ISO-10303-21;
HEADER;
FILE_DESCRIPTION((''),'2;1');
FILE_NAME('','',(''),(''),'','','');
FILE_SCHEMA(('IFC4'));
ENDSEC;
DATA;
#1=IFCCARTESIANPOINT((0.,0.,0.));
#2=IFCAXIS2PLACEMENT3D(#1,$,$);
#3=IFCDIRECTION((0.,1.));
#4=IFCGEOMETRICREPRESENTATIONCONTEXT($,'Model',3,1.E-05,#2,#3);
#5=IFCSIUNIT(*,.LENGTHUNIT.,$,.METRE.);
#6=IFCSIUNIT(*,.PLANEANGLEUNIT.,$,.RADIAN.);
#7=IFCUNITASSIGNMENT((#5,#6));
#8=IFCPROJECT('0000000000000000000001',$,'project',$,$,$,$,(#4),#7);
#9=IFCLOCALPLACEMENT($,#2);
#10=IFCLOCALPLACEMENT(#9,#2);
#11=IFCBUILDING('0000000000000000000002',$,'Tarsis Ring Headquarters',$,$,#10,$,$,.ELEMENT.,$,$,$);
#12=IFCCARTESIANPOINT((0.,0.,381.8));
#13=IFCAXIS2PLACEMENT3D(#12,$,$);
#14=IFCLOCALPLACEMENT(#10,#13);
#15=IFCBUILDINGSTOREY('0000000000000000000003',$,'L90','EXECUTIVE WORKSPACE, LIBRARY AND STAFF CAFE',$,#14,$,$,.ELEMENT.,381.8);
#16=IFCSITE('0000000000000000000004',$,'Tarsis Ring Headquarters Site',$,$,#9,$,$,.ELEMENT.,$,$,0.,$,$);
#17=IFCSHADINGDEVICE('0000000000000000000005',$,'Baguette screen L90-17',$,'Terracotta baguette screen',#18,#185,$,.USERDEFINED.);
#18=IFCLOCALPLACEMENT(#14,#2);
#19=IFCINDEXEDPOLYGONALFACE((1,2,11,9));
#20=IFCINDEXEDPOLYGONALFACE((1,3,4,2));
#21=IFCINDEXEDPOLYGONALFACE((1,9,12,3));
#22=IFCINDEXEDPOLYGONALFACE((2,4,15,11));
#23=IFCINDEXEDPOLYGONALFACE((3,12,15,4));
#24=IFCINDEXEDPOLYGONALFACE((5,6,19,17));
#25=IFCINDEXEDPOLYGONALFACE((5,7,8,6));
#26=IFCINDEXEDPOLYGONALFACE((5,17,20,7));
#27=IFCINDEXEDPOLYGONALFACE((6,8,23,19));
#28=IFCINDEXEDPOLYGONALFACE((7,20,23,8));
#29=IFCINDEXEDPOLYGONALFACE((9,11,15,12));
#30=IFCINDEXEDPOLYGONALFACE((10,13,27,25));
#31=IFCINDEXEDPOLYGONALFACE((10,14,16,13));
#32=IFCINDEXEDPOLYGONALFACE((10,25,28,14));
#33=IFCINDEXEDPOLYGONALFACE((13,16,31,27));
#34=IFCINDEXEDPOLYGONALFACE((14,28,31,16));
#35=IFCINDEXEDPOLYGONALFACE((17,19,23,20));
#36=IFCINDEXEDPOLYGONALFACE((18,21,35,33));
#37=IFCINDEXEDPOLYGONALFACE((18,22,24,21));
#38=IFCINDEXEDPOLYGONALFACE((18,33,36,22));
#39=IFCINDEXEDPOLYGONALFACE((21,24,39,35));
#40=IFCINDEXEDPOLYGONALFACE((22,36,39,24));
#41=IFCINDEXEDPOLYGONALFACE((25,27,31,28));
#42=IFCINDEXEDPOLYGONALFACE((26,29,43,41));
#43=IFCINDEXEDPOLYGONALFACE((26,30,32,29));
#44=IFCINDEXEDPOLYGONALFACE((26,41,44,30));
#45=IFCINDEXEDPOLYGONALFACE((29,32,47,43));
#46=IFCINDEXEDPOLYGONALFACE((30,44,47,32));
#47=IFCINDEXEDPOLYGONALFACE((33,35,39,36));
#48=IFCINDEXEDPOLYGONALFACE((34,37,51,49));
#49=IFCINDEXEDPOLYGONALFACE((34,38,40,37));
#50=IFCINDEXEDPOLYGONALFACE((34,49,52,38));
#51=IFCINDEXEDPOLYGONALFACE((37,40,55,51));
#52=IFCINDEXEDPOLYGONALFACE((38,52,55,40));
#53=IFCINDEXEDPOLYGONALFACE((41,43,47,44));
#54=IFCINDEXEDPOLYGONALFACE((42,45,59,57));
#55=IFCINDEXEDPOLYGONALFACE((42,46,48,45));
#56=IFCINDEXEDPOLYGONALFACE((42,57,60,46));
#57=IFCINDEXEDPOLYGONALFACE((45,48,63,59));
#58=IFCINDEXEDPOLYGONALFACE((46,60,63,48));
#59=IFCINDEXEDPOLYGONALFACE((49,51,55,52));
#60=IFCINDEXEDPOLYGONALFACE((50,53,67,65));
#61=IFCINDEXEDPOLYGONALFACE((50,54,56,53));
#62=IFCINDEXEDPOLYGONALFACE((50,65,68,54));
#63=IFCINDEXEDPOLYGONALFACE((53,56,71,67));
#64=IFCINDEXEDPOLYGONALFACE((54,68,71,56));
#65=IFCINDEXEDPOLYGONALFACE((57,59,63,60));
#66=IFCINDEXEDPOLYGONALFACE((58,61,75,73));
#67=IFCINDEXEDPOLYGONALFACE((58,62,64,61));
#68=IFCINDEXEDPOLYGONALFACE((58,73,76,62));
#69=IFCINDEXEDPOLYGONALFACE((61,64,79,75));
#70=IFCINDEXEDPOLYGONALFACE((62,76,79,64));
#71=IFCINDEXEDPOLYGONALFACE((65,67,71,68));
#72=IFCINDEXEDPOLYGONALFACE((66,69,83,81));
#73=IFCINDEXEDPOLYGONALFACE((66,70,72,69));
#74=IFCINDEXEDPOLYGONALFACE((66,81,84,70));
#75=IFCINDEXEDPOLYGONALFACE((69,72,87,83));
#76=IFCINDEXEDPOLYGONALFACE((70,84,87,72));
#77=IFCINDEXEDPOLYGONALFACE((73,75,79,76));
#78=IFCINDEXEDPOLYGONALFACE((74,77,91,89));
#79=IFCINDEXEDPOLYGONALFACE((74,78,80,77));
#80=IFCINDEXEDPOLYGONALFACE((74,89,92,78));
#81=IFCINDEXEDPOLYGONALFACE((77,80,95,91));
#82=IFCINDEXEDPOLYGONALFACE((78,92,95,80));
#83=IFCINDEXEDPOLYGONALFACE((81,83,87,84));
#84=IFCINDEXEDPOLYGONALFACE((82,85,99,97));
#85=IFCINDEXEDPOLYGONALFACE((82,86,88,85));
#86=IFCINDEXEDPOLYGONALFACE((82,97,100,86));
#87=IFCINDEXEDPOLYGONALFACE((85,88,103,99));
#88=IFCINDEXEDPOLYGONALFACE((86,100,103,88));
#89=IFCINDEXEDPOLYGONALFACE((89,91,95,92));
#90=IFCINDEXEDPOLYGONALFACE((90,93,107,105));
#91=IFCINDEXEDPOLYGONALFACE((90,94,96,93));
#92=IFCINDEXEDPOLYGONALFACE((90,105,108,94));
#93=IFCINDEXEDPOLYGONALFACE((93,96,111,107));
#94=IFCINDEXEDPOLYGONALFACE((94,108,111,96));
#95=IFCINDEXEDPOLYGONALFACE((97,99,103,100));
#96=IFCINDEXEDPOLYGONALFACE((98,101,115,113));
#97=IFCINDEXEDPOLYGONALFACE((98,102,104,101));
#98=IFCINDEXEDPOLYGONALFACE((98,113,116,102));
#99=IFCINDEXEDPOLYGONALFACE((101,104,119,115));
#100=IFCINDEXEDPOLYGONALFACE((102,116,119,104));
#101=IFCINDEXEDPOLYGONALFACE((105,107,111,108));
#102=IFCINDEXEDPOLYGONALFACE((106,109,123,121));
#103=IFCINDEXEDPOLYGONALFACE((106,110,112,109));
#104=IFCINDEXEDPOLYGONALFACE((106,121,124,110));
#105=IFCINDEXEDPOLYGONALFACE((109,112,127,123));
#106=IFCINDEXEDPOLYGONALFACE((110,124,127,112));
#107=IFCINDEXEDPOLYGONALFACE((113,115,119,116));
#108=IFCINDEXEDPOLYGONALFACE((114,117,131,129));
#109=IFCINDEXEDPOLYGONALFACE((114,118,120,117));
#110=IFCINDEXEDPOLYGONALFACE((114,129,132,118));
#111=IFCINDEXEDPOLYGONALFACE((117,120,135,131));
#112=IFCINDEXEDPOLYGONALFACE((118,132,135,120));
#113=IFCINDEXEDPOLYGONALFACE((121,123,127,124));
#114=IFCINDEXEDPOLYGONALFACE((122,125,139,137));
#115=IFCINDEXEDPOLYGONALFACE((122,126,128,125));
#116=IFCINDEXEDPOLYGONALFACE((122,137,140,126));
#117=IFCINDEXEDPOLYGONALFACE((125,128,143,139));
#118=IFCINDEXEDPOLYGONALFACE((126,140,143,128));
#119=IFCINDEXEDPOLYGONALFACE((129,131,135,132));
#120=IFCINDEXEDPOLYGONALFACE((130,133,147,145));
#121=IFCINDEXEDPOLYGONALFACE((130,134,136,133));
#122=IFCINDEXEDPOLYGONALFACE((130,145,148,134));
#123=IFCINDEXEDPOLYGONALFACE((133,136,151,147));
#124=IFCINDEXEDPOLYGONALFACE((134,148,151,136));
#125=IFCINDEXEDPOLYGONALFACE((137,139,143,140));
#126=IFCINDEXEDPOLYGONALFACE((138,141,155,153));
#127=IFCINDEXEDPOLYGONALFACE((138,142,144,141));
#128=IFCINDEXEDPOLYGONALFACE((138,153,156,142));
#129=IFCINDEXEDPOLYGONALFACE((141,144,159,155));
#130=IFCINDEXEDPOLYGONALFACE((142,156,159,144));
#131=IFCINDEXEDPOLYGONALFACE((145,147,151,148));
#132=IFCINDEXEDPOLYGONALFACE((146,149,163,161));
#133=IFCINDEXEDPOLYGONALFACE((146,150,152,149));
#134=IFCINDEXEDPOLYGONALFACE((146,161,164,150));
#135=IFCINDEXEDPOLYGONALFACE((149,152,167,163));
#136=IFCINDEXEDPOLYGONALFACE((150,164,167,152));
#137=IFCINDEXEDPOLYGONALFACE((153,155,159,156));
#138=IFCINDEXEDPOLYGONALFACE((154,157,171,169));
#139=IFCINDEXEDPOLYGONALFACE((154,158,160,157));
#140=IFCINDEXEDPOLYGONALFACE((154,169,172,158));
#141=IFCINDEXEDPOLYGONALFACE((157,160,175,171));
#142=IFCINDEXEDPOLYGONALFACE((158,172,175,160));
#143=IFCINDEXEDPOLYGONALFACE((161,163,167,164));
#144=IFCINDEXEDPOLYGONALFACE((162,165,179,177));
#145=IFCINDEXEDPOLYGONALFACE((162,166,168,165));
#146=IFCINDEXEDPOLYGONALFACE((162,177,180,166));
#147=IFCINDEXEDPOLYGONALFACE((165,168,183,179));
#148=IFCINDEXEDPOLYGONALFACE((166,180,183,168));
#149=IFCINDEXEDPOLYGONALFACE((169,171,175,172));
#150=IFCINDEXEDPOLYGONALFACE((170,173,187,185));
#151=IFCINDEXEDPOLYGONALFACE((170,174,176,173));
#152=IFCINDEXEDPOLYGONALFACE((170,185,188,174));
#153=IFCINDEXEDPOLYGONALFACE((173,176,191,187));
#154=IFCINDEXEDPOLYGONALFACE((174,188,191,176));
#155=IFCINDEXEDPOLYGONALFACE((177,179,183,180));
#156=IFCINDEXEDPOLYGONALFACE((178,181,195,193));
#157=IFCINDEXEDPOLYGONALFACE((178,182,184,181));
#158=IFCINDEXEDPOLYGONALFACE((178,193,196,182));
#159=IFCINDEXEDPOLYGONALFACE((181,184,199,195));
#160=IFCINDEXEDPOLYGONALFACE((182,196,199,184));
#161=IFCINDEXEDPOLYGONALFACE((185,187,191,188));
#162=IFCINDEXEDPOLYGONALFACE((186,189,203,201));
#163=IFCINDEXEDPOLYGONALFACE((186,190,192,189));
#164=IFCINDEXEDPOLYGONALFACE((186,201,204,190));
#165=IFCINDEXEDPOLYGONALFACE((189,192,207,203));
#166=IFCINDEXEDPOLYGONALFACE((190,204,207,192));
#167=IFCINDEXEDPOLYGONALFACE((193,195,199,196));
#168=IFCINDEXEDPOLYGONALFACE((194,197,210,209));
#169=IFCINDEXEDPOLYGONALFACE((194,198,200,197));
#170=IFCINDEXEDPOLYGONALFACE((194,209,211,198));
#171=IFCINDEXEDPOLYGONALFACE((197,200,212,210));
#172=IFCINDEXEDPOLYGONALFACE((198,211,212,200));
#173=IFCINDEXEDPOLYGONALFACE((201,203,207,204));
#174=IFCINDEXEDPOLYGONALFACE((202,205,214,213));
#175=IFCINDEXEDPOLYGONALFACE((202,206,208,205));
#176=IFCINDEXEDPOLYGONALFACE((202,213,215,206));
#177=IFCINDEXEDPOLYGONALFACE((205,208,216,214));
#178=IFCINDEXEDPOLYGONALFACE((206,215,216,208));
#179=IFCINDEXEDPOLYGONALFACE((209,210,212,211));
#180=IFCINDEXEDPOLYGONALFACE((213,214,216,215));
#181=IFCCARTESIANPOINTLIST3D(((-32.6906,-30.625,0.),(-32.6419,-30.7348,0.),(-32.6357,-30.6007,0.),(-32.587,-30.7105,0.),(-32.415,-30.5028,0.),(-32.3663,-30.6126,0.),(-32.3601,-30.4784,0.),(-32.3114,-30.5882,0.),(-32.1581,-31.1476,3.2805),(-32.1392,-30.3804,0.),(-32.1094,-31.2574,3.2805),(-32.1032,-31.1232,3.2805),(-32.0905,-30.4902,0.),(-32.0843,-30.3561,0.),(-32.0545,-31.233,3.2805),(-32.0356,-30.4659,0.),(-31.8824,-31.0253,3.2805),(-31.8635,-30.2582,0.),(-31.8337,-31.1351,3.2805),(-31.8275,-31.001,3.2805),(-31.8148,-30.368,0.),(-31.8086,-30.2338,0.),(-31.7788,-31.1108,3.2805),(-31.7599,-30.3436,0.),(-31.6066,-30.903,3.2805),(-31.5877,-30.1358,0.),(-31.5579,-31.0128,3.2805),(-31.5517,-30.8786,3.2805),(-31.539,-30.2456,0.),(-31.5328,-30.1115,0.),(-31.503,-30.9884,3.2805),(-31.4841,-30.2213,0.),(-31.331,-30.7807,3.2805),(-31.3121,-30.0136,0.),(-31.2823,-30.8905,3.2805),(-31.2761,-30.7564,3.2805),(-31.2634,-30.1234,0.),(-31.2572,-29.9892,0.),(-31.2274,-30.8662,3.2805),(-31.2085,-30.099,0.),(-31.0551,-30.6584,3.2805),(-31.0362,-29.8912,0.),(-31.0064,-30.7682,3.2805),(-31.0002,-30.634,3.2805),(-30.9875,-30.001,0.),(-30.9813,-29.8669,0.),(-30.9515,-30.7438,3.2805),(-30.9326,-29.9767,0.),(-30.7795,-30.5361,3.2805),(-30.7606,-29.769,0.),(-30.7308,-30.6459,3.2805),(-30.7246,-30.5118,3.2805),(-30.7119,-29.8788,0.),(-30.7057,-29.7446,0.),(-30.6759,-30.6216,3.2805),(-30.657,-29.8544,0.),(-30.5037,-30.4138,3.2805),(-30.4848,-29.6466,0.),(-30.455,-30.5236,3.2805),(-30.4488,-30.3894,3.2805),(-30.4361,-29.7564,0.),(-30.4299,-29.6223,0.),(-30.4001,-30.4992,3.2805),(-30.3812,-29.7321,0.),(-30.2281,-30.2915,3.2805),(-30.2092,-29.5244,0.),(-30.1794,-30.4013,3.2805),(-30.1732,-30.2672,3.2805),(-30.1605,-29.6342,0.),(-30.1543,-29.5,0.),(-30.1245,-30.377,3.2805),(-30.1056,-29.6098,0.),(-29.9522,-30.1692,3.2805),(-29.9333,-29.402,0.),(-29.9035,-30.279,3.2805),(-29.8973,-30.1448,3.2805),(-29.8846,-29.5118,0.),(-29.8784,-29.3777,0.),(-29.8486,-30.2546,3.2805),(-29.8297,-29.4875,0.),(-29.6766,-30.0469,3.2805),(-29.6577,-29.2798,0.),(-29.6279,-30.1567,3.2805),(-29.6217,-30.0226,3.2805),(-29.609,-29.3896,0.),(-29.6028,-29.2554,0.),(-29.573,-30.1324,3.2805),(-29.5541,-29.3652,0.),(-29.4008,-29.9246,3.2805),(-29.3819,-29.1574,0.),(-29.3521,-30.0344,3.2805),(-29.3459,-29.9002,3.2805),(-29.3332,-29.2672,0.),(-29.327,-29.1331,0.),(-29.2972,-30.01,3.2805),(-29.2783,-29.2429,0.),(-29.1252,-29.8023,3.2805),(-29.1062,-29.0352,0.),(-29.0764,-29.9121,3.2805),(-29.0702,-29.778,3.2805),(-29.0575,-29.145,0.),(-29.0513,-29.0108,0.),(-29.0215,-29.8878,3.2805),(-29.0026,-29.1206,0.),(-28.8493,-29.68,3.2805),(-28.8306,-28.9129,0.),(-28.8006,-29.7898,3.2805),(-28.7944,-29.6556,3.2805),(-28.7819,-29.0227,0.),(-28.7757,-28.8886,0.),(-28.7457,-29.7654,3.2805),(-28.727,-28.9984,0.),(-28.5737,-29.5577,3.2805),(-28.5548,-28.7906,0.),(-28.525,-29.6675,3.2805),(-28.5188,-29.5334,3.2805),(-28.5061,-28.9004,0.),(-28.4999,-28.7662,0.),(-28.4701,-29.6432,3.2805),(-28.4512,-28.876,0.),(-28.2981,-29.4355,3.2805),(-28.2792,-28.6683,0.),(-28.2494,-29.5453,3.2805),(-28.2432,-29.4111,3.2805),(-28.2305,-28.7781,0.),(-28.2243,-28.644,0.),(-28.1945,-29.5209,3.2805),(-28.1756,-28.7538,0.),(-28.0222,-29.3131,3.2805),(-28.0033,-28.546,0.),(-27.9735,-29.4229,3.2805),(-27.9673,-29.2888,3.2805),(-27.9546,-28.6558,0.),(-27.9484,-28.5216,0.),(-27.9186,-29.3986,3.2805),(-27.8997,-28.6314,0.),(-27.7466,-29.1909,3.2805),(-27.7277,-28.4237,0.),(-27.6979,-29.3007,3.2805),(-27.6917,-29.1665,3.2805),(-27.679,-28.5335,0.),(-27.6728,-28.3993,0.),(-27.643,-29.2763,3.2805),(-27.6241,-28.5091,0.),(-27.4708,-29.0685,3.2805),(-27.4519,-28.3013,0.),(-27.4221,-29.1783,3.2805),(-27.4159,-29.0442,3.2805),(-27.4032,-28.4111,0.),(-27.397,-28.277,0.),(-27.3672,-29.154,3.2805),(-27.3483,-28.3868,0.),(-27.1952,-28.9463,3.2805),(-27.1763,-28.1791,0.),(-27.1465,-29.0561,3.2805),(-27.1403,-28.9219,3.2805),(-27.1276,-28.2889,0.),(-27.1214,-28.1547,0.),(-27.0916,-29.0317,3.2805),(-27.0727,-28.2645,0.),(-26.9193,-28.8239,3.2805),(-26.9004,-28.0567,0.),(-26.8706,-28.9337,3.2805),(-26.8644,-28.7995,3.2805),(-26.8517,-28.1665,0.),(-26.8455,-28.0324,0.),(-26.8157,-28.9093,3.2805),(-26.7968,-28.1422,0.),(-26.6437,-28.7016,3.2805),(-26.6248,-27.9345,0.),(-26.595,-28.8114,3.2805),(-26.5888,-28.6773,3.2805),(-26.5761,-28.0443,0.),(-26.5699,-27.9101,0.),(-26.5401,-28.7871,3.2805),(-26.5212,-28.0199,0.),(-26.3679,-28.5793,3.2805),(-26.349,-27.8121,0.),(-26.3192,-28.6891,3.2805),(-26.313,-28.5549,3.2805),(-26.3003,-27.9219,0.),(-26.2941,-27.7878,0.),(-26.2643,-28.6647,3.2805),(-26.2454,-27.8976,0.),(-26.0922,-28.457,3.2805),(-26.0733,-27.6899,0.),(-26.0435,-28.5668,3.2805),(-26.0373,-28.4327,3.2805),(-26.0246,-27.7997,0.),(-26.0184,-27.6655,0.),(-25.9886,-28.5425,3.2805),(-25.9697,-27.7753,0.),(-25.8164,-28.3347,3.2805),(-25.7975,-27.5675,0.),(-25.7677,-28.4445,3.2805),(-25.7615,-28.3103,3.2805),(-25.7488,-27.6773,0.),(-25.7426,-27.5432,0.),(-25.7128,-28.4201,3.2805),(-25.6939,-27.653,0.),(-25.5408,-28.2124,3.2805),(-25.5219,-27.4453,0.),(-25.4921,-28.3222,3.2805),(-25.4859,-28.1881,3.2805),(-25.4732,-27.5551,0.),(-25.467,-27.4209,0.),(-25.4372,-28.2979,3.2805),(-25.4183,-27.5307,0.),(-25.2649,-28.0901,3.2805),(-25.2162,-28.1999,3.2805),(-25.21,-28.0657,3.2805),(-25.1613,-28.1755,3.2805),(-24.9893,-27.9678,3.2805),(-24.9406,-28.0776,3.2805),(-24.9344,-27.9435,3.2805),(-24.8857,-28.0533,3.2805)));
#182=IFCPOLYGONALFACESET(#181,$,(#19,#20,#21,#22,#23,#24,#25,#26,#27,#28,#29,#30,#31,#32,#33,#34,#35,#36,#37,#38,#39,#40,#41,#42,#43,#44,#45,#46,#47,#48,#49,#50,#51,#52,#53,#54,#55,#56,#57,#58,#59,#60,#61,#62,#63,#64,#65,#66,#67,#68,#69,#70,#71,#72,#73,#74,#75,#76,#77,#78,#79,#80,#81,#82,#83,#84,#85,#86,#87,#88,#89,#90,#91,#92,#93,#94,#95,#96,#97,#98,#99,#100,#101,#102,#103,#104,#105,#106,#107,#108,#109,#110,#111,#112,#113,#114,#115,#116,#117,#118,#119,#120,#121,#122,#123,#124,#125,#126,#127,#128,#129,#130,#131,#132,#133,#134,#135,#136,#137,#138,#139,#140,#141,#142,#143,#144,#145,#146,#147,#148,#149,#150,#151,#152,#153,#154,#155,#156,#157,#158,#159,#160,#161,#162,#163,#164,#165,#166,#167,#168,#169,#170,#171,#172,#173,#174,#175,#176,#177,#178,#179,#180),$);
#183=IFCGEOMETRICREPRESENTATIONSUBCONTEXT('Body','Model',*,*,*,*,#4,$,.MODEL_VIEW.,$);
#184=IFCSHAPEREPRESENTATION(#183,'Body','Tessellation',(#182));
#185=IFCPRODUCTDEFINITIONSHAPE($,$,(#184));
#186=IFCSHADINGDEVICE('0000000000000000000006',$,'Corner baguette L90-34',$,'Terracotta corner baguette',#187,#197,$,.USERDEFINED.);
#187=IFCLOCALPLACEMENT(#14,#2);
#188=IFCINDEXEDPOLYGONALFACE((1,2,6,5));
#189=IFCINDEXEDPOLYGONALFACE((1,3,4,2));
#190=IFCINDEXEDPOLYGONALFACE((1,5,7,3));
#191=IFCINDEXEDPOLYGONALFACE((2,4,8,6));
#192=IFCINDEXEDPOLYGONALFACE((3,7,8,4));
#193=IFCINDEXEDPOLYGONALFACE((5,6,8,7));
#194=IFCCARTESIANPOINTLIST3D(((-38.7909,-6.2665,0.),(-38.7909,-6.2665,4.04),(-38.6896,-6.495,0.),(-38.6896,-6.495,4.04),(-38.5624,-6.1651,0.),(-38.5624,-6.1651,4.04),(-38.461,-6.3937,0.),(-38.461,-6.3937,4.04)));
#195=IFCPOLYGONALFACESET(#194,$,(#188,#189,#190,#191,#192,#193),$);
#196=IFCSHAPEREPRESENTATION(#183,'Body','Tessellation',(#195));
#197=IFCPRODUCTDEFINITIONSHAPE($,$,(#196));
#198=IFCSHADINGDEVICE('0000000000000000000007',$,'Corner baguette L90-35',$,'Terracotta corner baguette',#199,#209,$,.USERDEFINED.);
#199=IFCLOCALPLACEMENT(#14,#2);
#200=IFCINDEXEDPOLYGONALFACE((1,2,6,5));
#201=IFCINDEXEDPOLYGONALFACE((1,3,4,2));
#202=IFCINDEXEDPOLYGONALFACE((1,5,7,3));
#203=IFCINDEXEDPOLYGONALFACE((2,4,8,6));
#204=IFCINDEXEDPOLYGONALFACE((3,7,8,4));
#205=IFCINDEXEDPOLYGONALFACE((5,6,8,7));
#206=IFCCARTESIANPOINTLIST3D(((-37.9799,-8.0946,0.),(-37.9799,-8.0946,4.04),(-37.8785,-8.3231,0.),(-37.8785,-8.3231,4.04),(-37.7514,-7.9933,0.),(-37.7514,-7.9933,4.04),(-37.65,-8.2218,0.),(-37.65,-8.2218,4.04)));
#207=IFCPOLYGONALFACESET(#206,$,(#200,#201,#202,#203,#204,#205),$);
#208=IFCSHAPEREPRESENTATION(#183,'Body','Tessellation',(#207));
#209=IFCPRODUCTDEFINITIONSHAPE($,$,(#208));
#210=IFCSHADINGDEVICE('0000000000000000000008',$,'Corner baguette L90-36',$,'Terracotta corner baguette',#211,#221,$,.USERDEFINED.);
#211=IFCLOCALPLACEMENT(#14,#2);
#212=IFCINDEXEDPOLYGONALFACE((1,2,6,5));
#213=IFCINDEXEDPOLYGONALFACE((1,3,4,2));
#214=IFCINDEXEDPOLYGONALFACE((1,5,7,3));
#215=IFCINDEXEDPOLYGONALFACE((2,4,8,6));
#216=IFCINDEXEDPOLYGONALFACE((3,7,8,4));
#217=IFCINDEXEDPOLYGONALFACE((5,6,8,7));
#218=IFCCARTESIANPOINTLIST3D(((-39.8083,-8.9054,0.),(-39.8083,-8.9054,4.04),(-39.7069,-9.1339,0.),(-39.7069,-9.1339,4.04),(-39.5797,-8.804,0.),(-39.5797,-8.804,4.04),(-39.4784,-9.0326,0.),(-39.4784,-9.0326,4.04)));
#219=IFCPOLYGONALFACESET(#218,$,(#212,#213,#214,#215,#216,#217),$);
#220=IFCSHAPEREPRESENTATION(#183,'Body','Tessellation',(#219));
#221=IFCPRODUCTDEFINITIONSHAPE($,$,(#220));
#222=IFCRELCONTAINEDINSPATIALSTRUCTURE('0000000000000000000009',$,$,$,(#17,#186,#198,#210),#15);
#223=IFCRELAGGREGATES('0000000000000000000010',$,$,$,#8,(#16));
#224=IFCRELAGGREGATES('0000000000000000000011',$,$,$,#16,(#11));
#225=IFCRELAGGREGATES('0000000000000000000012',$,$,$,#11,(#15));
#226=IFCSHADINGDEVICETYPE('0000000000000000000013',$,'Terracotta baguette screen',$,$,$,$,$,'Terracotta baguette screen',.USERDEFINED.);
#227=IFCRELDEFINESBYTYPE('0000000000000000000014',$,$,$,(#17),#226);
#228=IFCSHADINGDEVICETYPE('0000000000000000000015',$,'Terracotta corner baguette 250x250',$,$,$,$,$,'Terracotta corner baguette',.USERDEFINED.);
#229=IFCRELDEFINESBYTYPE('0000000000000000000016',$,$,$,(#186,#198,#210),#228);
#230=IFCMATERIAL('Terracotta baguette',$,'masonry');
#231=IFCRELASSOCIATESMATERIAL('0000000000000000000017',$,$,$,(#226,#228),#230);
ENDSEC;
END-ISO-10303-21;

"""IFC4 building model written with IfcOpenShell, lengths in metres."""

from ifc_helpers import new_model, si_unit, direction, frame, frame_2d, origin, origin_2d, place, context, subcontext, project, spatial, rectangle, composite_profile, extrude, material, type_object, element, save


model = new_model("IFC4")

# Units and contexts
model_context = context("Model", 3, precision=1e-05, world=origin(), true_north=direction((0.0, 1.0)))
body_context = subcontext(model_context, "Body", "Model", "MODEL_VIEW")
ifc_project = project(units=[si_unit("LENGTHUNIT", "METRE"), si_unit("PLANEANGLEUNIT", "RADIAN")], contexts=[model_context])

# Site, building, storey
site_placement = place(None, origin())
site = spatial("IfcSite", under=ifc_project, at=site_placement, Name="Tarsis Ring Headquarters Site", CompositionType="ELEMENT", RefElevation=0.0)
building_placement = place(site_placement, origin())
building = spatial("IfcBuilding", under=site, at=building_placement, Name="Tarsis Ring Headquarters", CompositionType="ELEMENT")
storey_placement = place(building_placement, frame((0.0, 0.0, 381.8)))
storey = spatial("IfcBuildingStorey", under=building, at=storey_placement, Name="L90", Description="EXECUTIVE WORKSPACE, LIBRARY AND STAFF CAFE", CompositionType="ELEMENT", Elevation=381.8)

# Shading devices
ifc_material_1 = material(Name="Terracotta baguette", Category="masonry")
shading_device_type_1 = type_object("IfcShadingDeviceType", Name="Terracotta baguette screen", ElementType="Terracotta baguette screen", PredefinedType="USERDEFINED", material=ifc_material_1)
shading_device_1_placement = place(storey_placement, frame((-32.6663, -30.6799, 0.0), z_axis=(0.0, 0.0, 1.0), x_axis=(0.914113, 0.405462, 0.0)))
element("IfcShadingDevice", 1, at=shading_device_1_placement, inside=storey, type_object=shading_device_type_1, Name="Baguette screen L90-17", ObjectType="Terracotta baguette screen", PredefinedType="USERDEFINED", context=body_context, shape_type="SweptSolid", body=[
    extrude(composite_profile([rectangle(XDim=0.0601, YDim=0.1201, at=frame_2d((0.03, 0.0))), rectangle(XDim=0.0601, YDim=0.1201, at=frame_2d((0.3315, 0.0))), rectangle(XDim=0.0601, YDim=0.1201, at=frame_2d((0.6333, 0.0))), rectangle(XDim=0.0601, YDim=0.1201, at=frame_2d((0.9348, 0.0))), rectangle(XDim=0.0601, YDim=0.1201, at=frame_2d((1.2366, 0.0))), rectangle(XDim=0.0601, YDim=0.1201, at=frame_2d((1.5381, 0.0))), rectangle(XDim=0.0601, YDim=0.1201, at=frame_2d((1.8398, 0.0))), rectangle(XDim=0.0601, YDim=0.1201, at=frame_2d((2.1414, 0.0))), rectangle(XDim=0.0601, YDim=0.1201, at=frame_2d((2.4431, 0.0))), rectangle(XDim=0.0601, YDim=0.1201, at=frame_2d((2.7446, 0.0))), rectangle(XDim=0.0601, YDim=0.1201, at=frame_2d((3.0464, 0.0))), rectangle(XDim=0.0601, YDim=0.1201, at=frame_2d((3.3479, 0.0))), rectangle(XDim=0.0601, YDim=0.1201, at=frame_2d((3.6497, 0.0))), rectangle(XDim=0.0601, YDim=0.1201, at=frame_2d((3.9512, 0.0))), rectangle(XDim=0.0601, YDim=0.1201, at=frame_2d((4.2527, 0.0))), rectangle(XDim=0.0601, YDim=0.1201, at=frame_2d((4.5544, 0.0))), rectangle(XDim=0.0601, YDim=0.1201, at=frame_2d((4.856, 0.0))), rectangle(XDim=0.0601, YDim=0.1201, at=frame_2d((5.1577, 0.0))), rectangle(XDim=0.0601, YDim=0.1201, at=frame_2d((5.4592, 0.0))), rectangle(XDim=0.0601, YDim=0.1201, at=frame_2d((5.761, 0.0))), rectangle(XDim=0.0601, YDim=0.1201, at=frame_2d((6.0625, 0.0))), rectangle(XDim=0.0601, YDim=0.1201, at=frame_2d((6.3643, 0.0))), rectangle(XDim=0.0601, YDim=0.1201, at=frame_2d((6.6658, 0.0))), rectangle(XDim=0.0601, YDim=0.1201, at=frame_2d((6.9675, 0.0))), rectangle(XDim=0.0601, YDim=0.1201, at=frame_2d((7.269, 0.0))), rectangle(XDim=0.0601, YDim=0.1201, at=frame_2d((7.5708, 0.0))), rectangle(XDim=0.0601, YDim=0.1201, at=frame_2d((7.8723, 0.0)))]), origin(), (0.081724, -0.206168, 0.975098), 3.3643),
])
shading_device_type_2 = type_object("IfcShadingDeviceType", Name="Terracotta corner baguette 250x250", ElementType="Terracotta corner baguette", PredefinedType="USERDEFINED", material=ifc_material_1)
for number, where, z_axis, x_axis, name in (
    (2, (-38.626, -6.3301, 0.0), (0.0, 0.0, 1.0), (-0.914113, -0.405461, 0.0), "Corner baguette L90-34"),
    (3, (-37.8149, -8.1582, 0.0), (0.0, 0.0, 1.0), (0.405461, -0.914112, 0.0), "Corner baguette L90-35"),
    (4, (-39.6433, -8.969, 0.0), (0.0, 0.0, 1.0), (-0.914113, -0.40546, 0.0), "Corner baguette L90-36"),
):
    element("IfcShadingDevice", number, at=place(storey_placement, frame(where, z_axis=z_axis, x_axis=x_axis)), inside=storey, type_object=shading_device_type_2, Name=name, ObjectType="Terracotta corner baguette", PredefinedType="USERDEFINED", context=body_context, shape_type="SweptSolid", body=[
        extrude(rectangle(XDim=0.25, YDim=0.25, at=origin_2d()), origin(), (0.0, 0.0, 1.0), 4.04),
    ])

save(model, "model.ifc")
